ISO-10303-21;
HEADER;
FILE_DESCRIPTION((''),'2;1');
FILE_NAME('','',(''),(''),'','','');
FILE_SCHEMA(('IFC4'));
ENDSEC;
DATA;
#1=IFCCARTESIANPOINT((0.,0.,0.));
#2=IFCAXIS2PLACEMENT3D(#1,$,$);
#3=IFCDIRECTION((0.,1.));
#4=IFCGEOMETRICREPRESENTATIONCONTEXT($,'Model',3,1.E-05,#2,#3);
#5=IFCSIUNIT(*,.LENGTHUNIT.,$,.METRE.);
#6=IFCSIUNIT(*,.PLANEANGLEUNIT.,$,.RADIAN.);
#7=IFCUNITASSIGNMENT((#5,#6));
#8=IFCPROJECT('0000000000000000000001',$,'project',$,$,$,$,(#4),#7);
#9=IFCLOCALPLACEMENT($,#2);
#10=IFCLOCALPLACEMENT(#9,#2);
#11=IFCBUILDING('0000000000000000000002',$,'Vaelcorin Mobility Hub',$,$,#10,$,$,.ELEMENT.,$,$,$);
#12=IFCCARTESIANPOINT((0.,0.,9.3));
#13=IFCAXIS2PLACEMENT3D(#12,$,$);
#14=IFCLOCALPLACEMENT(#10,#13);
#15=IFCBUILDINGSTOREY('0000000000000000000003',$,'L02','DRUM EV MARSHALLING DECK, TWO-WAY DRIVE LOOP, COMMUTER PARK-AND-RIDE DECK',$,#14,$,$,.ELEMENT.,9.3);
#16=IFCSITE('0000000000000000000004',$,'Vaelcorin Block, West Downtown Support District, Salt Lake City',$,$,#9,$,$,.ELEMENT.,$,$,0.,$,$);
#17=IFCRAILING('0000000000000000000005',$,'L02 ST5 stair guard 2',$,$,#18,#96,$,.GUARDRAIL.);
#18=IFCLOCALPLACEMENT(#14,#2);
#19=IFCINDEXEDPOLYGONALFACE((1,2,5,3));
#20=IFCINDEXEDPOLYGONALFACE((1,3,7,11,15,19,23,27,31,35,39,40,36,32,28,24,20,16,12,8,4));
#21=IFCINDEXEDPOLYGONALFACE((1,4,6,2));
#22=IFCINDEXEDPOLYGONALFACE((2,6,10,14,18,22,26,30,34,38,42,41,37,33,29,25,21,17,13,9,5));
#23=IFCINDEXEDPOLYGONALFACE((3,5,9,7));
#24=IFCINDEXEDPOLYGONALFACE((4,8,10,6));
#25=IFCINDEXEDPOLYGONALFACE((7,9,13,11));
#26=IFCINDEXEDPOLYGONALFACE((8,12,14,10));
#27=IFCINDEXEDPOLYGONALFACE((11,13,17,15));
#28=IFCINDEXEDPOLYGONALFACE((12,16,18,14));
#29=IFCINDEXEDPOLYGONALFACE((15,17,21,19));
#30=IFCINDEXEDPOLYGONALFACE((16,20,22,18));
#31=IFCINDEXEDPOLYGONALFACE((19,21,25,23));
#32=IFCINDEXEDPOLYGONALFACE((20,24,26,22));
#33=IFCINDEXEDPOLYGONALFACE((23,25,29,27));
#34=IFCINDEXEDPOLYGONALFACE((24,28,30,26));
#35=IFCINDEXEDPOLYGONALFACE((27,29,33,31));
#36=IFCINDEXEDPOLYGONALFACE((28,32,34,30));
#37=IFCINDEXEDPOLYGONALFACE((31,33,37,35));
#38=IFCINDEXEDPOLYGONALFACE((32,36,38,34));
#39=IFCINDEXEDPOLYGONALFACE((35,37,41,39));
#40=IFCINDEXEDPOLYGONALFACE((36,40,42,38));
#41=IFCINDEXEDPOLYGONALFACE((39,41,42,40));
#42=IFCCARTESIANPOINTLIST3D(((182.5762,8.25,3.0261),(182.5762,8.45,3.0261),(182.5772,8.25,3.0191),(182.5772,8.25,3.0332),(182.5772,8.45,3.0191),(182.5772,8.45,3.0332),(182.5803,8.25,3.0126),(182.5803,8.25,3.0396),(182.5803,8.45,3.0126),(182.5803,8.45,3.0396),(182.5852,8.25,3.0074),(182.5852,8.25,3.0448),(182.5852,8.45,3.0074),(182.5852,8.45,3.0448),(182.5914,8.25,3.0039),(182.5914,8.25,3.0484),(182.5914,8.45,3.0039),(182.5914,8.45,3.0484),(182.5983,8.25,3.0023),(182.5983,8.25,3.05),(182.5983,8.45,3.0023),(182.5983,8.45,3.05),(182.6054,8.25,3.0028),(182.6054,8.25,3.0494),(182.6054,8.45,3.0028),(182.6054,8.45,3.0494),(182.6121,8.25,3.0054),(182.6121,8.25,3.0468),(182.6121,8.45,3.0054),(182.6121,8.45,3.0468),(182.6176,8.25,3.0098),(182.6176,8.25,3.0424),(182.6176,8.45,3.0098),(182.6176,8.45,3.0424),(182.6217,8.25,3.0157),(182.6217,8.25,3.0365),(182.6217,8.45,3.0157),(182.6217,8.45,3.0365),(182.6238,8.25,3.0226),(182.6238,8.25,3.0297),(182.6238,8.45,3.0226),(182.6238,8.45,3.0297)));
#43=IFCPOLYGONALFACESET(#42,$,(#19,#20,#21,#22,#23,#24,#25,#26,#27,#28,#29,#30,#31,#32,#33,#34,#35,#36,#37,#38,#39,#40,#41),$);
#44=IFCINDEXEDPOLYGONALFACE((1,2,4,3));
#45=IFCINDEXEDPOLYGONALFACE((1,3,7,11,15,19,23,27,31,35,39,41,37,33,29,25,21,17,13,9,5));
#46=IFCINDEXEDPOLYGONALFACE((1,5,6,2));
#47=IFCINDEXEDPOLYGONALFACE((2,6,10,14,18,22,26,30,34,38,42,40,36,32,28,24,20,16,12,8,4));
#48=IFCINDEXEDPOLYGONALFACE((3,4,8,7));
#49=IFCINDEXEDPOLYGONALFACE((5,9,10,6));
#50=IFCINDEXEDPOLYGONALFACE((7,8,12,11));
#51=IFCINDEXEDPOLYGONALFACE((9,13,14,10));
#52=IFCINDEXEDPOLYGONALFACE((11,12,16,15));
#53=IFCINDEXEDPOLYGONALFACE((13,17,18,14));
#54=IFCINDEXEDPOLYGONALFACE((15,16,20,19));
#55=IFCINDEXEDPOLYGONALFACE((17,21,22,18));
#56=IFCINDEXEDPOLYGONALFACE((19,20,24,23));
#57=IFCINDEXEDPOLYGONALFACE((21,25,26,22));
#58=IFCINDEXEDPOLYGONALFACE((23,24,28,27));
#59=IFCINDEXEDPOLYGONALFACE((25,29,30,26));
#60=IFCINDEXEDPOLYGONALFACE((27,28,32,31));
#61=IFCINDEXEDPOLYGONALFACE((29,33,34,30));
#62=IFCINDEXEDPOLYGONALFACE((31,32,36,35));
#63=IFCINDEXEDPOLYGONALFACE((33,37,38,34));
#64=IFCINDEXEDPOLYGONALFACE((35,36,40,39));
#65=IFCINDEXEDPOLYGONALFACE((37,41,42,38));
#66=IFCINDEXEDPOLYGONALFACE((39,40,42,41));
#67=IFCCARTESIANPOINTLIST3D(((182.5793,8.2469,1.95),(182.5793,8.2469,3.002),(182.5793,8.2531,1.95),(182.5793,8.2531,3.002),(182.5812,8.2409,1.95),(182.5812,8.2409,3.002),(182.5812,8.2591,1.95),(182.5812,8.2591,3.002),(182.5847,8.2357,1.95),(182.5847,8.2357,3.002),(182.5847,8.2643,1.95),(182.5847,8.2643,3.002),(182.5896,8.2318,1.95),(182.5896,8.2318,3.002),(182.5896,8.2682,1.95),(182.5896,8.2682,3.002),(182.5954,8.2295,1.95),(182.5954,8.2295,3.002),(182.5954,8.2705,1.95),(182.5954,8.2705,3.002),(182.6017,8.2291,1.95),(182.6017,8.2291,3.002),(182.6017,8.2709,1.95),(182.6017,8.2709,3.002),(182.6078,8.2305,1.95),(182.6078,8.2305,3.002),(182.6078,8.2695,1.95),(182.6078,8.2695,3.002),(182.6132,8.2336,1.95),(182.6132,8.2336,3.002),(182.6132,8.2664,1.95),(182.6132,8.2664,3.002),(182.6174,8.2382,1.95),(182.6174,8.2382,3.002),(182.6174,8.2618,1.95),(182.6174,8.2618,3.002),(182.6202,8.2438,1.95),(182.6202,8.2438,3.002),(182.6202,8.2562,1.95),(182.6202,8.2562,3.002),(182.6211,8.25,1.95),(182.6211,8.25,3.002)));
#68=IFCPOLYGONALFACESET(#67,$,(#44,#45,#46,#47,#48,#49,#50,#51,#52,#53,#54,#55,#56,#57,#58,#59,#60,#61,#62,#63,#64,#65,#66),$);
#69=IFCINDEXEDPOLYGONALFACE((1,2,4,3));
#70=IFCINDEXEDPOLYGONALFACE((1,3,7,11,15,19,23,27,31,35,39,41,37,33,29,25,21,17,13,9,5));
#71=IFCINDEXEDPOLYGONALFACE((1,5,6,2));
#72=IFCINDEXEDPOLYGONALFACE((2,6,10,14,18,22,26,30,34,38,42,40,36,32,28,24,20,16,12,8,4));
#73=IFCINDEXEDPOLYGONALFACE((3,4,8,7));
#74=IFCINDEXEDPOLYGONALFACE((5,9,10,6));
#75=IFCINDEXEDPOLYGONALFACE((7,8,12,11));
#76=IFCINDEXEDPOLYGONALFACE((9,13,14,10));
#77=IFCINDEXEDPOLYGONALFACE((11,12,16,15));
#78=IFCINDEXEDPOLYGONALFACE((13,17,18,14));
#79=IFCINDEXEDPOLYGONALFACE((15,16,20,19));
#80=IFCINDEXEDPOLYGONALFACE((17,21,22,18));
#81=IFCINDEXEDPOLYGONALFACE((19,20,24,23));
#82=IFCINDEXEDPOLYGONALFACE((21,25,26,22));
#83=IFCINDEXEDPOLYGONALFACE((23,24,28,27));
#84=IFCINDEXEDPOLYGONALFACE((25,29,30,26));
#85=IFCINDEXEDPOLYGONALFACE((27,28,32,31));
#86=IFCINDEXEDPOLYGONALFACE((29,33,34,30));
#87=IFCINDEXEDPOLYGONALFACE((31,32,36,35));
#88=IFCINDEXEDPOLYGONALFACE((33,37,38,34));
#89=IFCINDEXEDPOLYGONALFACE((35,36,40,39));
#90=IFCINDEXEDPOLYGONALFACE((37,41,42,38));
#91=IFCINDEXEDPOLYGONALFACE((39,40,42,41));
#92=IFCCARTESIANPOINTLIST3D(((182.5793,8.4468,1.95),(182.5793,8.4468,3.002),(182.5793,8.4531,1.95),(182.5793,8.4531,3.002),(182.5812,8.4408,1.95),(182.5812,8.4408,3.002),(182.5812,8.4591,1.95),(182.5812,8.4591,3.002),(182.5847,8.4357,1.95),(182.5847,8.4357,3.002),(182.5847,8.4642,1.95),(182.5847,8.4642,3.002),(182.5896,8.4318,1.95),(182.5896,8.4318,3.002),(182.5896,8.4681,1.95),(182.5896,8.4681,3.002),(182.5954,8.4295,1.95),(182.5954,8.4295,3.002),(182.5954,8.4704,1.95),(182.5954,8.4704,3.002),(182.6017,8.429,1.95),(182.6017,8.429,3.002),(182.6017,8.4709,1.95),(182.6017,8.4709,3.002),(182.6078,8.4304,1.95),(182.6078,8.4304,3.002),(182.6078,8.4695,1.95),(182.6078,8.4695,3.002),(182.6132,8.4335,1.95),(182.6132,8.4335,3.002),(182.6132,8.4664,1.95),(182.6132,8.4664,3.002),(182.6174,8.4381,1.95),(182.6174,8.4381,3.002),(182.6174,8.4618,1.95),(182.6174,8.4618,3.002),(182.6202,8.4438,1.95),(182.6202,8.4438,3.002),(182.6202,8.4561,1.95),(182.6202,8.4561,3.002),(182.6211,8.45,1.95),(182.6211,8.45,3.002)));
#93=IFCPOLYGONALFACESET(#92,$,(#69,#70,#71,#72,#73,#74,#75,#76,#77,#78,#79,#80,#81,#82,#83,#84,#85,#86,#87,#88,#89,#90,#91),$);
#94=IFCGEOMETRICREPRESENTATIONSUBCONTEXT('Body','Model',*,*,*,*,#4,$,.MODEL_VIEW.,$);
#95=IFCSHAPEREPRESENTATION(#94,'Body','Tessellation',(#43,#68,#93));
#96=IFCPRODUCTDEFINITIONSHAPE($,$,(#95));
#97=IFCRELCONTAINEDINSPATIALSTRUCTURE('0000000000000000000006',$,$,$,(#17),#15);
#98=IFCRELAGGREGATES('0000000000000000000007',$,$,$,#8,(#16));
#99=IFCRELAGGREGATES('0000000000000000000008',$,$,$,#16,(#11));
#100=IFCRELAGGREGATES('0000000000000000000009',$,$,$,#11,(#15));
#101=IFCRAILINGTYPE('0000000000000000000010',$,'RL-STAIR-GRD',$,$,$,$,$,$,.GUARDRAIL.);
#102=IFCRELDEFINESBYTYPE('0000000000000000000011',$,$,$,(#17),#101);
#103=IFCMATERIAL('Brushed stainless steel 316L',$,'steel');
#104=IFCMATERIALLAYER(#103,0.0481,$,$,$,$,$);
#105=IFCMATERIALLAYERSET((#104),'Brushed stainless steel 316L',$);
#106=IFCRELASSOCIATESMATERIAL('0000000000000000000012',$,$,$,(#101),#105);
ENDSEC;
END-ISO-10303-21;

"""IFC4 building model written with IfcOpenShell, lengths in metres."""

from ifc_helpers import new_model, si_unit, direction, frame, origin, origin_2d, place, context, subcontext, project, spatial, circle, extrude, material, layer, layer_set, type_object, element, save


model = new_model("IFC4")

# Units and contexts
model_context = context("Model", 3, precision=1e-05, world=origin(), true_north=direction((0.0, 1.0)))
body_context = subcontext(model_context, "Body", "Model", "MODEL_VIEW")
ifc_project = project(units=[si_unit("LENGTHUNIT", "METRE"), si_unit("PLANEANGLEUNIT", "RADIAN")], contexts=[model_context])

# Site, building, storey
site_placement = place(None, origin())
site = spatial("IfcSite", under=ifc_project, at=site_placement, Name="Vaelcorin Block, West Downtown Support District, Salt Lake City", CompositionType="ELEMENT", RefElevation=0.0)
building_placement = place(site_placement, origin())
building = spatial("IfcBuilding", under=site, at=building_placement, Name="Vaelcorin Mobility Hub", CompositionType="ELEMENT")
storey_placement = place(building_placement, frame((0.0, 0.0, 9.3)))
storey = spatial("IfcBuildingStorey", under=building, at=storey_placement, Name="L02", Description="DRUM EV MARSHALLING DECK, TWO-WAY DRIVE LOOP, COMMUTER PARK-AND-RIDE DECK", CompositionType="ELEMENT", Elevation=9.3)

# Railing
ifc_material_1 = material(Name="Brushed stainless steel 316L", Category="steel")
ifc_layer_1 = layer(ifc_material_1, 0.0481)
ifc_layer_set_1 = layer_set([ifc_layer_1], Name="Brushed stainless steel 316L")
railing_type_1 = type_object("IfcRailingType", Name="RL-STAIR-GRD", PredefinedType="GUARDRAIL", material=ifc_layer_set_1)
railing_1_placement = place(storey_placement, frame((182.6001, 8.25, 1.95)))
element("IfcRailing", 1, at=railing_1_placement, inside=storey, type_object=railing_type_1, Name="L02 ST5 stair guard 2", PredefinedType="GUARDRAIL", context=body_context, shape_type="SweptSolid", body=[
    extrude(circle(Radius=0.0239, at=origin_2d()), frame((0.0, 0.0, 1.0762), z_axis=(0.0, 1.0, 0.0), x_axis=(-1.0, 0.0, 0.0)), (0.0, 0.0, 1.0), 0.2),
    extrude(circle(Radius=0.021, at=origin_2d()), origin(), (0.0, 0.0, 1.0), 1.052),
    extrude(circle(Radius=0.021, at=origin_2d()), frame((0.0, 0.2, 0.0)), (0.0, 0.0, 1.0), 1.052),
])

save(model, "model.ifc")
